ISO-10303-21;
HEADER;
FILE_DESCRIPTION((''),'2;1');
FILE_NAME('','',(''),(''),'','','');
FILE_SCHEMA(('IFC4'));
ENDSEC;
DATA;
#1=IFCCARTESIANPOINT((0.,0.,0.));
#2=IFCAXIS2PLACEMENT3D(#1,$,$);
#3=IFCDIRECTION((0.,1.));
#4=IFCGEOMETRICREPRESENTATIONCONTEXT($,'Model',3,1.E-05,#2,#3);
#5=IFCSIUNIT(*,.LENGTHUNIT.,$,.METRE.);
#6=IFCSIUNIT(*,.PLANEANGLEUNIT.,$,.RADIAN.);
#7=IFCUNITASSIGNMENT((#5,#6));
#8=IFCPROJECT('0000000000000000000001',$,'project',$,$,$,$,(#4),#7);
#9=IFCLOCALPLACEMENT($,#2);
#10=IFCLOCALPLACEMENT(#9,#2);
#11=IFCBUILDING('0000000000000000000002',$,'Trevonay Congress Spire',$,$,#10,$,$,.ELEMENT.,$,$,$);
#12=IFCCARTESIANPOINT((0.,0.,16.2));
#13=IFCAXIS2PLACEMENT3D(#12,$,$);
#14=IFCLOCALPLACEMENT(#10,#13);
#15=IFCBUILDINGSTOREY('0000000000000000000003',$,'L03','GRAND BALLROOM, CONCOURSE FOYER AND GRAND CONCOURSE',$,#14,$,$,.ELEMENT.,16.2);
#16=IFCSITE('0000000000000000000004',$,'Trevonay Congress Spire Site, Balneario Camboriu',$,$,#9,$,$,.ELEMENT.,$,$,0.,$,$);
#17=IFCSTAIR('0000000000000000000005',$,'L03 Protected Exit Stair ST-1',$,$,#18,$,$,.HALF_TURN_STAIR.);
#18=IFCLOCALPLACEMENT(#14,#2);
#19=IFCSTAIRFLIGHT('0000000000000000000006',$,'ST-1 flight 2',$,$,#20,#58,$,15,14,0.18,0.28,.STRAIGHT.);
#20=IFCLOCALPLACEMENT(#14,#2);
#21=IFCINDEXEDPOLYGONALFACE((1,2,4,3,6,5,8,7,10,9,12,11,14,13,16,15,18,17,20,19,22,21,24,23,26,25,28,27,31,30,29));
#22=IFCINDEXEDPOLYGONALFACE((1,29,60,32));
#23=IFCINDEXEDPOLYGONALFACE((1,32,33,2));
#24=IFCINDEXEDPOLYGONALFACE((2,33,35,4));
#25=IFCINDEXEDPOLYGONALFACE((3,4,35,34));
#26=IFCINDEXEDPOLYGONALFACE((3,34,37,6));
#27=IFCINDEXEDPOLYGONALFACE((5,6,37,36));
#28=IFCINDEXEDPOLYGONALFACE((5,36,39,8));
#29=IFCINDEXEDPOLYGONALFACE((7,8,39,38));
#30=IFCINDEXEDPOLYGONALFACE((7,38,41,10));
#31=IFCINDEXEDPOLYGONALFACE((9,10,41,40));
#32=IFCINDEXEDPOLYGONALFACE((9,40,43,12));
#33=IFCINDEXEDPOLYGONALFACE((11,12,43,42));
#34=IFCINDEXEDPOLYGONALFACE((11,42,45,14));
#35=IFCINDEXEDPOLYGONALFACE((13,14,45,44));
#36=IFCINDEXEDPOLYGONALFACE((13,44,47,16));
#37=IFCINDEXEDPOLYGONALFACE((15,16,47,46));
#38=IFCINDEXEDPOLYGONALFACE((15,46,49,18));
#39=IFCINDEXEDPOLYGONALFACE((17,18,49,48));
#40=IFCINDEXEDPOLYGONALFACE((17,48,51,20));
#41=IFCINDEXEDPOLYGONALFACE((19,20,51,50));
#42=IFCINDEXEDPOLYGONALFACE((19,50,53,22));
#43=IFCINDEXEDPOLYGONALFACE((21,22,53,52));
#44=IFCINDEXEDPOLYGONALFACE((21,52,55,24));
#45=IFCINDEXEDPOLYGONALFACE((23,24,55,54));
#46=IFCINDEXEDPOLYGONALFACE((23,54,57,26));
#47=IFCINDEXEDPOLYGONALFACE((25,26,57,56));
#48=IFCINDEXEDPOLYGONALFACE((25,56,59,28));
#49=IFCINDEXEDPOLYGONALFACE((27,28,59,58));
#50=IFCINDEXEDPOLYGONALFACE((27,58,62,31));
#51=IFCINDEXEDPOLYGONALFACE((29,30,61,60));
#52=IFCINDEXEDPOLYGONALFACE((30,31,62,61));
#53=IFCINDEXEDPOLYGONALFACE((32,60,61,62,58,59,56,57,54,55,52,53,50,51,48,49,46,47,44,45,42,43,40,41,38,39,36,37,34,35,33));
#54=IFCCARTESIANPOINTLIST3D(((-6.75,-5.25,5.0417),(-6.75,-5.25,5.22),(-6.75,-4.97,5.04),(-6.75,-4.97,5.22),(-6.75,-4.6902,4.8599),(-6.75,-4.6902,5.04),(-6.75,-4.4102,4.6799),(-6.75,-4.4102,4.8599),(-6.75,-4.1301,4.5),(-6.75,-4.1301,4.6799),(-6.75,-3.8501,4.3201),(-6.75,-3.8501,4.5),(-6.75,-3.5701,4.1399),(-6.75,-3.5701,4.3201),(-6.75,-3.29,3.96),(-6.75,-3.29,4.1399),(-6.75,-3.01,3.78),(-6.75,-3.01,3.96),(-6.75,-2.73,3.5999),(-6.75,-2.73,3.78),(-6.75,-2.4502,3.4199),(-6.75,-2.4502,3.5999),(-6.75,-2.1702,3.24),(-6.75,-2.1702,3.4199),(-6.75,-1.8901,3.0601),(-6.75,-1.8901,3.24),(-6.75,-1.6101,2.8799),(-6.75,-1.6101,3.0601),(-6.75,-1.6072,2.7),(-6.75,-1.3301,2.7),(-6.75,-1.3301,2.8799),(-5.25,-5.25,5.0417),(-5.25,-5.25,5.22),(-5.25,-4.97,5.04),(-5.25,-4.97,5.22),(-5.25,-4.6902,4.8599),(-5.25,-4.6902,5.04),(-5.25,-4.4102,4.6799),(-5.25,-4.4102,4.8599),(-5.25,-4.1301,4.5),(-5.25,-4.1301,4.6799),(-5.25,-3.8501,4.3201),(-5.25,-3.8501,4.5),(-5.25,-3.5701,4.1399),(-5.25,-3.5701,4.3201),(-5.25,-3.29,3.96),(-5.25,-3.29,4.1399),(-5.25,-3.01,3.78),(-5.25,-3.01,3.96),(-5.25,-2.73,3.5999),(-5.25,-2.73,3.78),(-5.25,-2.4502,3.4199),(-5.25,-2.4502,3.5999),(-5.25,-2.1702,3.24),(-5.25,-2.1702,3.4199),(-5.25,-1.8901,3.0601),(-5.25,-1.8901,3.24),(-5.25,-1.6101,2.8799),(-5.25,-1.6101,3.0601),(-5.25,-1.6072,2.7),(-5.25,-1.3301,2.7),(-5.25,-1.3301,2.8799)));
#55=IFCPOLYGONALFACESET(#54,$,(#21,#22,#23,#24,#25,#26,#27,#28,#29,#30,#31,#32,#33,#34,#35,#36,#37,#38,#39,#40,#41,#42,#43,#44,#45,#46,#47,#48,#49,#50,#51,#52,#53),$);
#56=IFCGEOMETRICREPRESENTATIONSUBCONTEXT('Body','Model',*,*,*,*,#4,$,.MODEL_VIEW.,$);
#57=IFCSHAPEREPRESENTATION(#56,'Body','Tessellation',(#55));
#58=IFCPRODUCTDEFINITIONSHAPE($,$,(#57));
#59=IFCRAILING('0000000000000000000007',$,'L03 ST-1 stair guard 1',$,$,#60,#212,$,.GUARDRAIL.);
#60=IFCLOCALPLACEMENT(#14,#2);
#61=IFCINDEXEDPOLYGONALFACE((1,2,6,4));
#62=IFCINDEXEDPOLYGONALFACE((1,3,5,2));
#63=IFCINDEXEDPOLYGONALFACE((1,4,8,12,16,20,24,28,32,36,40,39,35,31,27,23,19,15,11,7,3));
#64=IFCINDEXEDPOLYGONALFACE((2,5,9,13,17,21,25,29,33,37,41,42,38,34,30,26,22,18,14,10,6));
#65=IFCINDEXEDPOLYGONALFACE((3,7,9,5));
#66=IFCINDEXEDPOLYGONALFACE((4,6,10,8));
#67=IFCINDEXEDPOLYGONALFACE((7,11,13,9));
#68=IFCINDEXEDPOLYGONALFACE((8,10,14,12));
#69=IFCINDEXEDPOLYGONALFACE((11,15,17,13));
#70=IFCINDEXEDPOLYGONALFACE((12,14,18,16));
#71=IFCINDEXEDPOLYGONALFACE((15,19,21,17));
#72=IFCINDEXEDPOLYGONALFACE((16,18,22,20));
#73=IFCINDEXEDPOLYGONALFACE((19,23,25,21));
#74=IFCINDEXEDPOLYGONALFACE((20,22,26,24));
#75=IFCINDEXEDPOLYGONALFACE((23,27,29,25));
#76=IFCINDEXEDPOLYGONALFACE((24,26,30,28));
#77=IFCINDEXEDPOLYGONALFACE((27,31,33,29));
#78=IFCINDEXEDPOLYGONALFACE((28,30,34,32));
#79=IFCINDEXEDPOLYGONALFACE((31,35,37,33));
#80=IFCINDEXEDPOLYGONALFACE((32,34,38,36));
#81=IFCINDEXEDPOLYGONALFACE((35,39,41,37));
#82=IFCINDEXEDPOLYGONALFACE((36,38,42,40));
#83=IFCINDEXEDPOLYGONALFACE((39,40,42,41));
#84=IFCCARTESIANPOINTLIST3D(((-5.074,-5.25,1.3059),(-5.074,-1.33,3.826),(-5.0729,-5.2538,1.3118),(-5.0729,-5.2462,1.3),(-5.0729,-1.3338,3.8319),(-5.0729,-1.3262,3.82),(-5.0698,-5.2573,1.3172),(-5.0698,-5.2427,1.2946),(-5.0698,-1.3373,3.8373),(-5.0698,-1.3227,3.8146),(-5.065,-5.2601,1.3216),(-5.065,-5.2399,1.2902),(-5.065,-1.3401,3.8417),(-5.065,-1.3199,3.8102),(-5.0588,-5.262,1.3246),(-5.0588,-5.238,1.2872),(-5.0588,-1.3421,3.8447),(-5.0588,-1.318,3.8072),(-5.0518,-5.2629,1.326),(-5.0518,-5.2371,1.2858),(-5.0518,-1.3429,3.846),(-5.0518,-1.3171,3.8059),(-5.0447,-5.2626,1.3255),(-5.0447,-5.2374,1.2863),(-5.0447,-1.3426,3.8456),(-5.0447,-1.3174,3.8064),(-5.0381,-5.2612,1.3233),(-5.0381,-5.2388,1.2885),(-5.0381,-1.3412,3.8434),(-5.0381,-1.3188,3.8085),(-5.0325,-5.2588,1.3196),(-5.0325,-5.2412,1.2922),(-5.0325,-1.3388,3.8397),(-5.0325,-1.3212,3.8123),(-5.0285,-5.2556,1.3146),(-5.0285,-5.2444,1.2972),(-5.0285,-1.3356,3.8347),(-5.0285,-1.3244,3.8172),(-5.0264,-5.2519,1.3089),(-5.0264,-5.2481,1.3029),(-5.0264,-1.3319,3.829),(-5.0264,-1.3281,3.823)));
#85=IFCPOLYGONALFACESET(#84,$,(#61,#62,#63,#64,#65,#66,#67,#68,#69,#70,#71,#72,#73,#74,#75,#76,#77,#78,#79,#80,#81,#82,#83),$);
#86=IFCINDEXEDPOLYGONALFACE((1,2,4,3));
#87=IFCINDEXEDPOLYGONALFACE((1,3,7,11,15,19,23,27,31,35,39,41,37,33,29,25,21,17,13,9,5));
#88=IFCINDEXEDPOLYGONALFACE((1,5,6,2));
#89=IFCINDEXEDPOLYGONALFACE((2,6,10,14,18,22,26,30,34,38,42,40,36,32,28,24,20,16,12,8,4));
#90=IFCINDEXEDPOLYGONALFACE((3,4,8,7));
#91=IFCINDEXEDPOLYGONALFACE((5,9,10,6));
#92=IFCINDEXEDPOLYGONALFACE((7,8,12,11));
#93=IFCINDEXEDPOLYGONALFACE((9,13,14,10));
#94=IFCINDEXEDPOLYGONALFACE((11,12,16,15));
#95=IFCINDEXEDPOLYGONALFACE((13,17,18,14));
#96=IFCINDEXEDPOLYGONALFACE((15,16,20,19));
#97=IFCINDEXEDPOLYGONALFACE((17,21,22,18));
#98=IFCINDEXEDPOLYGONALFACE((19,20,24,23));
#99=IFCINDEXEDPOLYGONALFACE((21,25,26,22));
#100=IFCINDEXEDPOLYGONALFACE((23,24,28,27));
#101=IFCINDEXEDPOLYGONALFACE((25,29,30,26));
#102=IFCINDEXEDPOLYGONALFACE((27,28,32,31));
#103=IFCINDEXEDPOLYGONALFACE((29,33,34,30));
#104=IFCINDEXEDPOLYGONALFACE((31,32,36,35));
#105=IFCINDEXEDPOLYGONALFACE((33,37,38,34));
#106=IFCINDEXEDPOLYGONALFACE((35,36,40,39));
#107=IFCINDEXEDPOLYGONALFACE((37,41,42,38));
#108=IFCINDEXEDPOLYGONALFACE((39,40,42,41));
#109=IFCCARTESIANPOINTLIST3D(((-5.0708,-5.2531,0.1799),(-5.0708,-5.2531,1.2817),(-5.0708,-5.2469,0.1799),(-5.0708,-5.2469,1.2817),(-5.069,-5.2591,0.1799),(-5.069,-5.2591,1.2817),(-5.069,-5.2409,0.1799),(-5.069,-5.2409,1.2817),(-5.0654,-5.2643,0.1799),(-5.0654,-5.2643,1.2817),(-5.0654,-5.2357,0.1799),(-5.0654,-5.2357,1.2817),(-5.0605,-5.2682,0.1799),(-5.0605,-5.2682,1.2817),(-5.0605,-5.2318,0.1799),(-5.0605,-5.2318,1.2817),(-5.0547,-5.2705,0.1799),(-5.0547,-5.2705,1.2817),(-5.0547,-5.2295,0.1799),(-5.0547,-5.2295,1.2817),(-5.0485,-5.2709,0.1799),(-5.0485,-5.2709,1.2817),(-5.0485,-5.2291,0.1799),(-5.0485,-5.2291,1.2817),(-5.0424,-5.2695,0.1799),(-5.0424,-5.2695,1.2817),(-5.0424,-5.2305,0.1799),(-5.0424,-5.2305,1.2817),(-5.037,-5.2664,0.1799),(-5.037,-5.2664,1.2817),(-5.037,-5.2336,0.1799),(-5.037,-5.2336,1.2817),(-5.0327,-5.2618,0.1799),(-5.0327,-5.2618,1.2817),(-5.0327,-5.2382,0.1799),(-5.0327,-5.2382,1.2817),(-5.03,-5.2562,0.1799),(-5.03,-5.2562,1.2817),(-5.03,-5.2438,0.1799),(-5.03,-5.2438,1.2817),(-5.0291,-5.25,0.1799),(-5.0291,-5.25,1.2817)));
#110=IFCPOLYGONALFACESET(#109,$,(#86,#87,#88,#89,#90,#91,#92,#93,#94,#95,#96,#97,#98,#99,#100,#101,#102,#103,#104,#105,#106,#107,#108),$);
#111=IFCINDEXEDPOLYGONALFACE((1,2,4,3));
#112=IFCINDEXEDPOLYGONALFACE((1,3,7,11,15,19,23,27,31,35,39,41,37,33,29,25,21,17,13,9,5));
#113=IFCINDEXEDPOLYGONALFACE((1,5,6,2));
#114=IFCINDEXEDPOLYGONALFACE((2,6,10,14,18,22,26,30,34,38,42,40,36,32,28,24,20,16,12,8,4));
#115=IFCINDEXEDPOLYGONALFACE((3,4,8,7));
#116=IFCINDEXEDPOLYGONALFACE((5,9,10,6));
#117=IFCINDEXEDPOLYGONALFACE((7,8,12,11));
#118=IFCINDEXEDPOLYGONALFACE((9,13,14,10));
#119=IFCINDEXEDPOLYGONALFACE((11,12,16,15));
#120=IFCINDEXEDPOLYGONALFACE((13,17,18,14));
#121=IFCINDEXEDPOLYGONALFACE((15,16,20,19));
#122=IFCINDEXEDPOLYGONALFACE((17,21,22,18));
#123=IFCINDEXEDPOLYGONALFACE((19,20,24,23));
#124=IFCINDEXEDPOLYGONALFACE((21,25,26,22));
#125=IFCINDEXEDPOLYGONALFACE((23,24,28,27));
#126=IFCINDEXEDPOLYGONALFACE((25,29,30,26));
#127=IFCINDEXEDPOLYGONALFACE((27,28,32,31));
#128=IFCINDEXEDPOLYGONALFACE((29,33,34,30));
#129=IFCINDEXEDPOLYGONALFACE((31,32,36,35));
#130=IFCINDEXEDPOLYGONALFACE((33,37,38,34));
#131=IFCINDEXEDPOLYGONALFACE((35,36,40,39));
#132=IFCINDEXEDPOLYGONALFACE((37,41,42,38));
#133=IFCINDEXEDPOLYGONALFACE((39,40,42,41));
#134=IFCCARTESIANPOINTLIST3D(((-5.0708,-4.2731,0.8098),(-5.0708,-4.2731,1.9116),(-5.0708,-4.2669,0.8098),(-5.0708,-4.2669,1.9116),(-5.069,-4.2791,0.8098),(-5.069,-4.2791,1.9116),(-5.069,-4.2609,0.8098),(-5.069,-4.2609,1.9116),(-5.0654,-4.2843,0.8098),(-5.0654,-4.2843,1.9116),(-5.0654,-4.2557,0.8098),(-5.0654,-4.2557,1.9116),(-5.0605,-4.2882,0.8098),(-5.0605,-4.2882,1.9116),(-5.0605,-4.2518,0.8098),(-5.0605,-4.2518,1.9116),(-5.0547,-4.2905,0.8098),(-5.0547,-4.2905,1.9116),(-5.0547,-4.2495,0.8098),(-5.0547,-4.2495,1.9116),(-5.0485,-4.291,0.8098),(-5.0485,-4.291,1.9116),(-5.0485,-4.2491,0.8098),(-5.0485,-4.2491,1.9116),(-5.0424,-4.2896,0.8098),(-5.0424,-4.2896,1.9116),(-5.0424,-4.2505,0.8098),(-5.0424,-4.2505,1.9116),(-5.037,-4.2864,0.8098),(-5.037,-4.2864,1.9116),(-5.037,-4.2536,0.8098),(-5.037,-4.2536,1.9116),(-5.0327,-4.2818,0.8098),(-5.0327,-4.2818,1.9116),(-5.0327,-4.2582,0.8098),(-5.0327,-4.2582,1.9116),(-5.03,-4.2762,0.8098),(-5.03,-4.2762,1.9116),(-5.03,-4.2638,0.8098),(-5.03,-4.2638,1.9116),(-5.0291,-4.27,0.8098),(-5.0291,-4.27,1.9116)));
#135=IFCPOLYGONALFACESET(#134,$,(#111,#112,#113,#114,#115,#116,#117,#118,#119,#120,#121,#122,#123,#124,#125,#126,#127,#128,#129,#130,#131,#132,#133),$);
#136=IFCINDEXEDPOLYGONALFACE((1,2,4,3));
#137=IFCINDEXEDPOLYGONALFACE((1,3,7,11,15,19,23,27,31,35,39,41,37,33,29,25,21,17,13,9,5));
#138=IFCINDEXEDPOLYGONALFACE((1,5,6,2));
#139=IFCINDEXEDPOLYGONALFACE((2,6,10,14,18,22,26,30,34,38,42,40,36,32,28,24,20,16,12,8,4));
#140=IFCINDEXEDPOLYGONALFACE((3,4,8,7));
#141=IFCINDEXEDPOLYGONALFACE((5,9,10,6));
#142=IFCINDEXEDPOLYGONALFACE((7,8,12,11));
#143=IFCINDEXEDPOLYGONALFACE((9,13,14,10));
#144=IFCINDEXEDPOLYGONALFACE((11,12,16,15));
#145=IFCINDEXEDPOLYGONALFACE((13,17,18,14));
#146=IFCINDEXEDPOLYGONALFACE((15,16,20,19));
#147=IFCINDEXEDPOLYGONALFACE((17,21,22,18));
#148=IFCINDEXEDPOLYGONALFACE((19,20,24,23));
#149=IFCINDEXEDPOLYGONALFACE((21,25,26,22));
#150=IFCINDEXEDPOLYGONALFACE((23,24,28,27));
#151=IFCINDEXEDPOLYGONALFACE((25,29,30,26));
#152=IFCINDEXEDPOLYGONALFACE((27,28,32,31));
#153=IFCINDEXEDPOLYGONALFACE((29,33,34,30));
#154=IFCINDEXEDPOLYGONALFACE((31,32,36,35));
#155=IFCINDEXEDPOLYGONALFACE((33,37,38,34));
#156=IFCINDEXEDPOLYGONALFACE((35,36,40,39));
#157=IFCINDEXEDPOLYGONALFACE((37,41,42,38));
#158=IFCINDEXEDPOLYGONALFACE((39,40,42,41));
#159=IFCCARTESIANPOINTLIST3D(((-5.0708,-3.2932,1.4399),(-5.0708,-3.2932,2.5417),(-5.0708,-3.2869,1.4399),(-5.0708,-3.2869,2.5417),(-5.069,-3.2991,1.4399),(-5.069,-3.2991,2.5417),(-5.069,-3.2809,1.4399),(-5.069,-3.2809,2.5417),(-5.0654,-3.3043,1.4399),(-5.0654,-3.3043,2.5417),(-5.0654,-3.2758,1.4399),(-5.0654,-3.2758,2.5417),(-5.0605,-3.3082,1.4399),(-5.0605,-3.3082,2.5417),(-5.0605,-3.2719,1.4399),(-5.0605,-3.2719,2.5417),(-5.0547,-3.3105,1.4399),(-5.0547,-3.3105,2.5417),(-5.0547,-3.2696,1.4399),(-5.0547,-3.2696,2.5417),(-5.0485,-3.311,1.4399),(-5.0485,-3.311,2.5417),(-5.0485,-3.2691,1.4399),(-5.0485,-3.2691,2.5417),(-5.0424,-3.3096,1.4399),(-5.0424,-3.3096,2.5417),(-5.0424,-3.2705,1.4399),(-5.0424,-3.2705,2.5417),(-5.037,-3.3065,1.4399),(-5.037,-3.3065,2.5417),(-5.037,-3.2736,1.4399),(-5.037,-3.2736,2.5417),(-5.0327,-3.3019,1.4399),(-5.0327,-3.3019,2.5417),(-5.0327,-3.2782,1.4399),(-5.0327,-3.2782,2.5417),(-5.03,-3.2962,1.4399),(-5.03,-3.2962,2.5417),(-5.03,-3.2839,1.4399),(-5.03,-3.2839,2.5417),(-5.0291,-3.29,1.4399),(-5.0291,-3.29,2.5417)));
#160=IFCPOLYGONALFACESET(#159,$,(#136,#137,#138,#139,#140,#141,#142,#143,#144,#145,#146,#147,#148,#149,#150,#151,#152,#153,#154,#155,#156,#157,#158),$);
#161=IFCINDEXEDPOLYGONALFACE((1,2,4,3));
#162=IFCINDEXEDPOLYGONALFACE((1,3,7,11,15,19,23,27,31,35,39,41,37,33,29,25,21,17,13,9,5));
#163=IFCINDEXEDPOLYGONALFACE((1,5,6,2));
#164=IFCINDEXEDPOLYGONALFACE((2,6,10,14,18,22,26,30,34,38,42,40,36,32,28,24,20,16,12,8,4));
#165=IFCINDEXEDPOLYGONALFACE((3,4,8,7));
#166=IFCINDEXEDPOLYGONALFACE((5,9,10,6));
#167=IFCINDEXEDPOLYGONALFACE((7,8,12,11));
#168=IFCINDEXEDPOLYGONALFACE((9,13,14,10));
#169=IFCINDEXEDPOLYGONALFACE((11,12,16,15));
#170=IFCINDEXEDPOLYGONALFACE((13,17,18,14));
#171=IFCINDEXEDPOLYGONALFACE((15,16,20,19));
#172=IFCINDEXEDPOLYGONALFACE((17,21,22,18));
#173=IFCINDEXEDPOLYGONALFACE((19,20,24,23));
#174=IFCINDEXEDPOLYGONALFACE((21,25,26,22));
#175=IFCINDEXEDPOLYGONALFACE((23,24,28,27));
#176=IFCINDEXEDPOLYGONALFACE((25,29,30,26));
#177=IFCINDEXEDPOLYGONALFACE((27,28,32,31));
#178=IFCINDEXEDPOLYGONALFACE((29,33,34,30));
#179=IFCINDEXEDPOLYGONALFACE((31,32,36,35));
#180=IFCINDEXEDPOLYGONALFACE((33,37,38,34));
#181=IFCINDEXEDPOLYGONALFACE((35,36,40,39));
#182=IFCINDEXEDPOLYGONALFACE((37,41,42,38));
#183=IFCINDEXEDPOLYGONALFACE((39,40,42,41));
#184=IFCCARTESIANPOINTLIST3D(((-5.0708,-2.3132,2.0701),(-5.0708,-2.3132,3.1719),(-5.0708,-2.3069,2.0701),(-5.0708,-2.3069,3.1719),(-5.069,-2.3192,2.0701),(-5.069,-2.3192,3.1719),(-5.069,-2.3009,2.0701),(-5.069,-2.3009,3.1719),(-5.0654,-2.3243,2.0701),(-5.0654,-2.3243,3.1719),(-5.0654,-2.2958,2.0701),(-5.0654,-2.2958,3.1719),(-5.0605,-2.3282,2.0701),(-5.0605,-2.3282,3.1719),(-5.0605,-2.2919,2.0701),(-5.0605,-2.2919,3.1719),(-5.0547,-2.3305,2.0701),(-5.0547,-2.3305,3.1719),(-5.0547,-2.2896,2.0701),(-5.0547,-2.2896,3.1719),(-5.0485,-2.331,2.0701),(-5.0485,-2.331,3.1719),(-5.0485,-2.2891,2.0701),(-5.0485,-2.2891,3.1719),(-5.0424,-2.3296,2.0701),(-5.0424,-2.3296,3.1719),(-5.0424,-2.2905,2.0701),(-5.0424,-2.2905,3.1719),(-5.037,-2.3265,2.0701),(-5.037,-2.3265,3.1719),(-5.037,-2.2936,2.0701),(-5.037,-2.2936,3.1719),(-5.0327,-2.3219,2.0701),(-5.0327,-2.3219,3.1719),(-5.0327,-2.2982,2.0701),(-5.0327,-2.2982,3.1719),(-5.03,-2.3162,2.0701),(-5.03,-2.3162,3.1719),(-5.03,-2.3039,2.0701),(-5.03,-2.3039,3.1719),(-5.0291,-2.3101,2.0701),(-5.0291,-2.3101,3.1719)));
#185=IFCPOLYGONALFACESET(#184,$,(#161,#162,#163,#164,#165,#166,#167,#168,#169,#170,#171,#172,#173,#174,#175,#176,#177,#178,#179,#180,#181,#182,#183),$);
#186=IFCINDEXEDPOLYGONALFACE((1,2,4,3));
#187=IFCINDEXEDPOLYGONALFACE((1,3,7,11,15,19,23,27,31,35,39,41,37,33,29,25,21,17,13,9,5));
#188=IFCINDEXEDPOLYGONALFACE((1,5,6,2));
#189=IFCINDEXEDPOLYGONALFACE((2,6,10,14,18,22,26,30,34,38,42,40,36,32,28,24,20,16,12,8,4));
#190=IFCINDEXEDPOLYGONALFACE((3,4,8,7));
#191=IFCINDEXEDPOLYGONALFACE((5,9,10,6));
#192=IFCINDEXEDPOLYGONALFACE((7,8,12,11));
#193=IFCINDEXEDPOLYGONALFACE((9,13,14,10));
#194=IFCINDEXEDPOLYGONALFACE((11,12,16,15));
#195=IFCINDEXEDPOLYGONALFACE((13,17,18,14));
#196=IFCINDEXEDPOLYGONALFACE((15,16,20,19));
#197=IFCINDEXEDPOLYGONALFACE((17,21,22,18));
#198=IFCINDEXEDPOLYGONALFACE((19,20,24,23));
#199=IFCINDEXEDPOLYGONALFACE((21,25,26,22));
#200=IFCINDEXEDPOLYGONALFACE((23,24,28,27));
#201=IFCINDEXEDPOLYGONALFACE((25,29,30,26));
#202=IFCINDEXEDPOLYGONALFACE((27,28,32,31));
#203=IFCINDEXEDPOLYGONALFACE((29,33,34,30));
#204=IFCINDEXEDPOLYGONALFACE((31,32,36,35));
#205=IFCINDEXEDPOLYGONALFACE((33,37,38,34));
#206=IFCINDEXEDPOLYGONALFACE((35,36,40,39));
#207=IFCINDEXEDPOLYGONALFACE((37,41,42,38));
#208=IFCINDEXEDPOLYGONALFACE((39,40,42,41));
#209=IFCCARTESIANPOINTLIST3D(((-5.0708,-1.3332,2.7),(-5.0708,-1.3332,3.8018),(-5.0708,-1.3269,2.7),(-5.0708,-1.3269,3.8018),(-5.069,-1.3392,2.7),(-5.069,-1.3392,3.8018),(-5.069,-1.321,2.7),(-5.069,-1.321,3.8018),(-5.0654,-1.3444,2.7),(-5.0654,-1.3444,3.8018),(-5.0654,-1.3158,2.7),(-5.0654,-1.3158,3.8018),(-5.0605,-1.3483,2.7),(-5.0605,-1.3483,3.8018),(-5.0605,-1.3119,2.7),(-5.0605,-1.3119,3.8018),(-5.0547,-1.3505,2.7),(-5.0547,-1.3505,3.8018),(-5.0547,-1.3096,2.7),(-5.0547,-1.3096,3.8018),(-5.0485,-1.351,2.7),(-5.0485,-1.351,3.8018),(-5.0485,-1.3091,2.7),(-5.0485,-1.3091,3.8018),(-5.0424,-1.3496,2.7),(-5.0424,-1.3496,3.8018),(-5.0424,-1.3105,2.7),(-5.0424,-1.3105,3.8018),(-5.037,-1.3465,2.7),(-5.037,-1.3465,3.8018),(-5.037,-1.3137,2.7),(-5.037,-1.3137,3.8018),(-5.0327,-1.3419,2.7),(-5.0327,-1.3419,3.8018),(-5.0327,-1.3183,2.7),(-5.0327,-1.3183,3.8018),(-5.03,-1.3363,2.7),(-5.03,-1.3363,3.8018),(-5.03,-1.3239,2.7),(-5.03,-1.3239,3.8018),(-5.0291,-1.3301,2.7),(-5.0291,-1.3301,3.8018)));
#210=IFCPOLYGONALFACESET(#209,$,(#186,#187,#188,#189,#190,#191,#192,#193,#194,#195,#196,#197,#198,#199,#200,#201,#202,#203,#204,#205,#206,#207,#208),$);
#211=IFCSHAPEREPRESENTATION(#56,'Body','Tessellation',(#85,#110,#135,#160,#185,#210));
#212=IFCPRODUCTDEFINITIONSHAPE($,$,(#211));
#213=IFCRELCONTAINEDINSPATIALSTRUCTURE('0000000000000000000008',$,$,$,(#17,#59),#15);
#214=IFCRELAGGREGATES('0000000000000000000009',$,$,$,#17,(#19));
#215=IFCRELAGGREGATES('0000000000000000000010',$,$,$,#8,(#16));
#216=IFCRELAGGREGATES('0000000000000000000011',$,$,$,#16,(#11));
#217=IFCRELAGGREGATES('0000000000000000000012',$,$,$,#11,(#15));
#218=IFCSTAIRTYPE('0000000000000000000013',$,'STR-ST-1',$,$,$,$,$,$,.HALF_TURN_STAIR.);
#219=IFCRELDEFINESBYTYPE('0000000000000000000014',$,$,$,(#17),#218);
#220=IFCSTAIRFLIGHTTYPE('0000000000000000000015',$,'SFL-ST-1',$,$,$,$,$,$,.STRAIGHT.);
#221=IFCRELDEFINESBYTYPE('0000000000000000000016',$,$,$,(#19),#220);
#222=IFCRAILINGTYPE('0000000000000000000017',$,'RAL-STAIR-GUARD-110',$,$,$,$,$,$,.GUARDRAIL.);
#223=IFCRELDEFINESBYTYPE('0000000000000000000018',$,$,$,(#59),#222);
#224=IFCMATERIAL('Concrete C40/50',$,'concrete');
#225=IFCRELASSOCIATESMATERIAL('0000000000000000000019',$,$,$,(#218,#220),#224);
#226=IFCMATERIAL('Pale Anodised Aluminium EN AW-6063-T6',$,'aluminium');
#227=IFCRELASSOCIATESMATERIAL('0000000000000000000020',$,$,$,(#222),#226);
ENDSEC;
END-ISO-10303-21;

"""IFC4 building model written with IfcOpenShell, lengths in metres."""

from ifc_helpers import new_model, si_unit, direction, frame, origin, origin_2d, place, context, subcontext, project, spatial, polyline, circle, outline, extrude, material, type_object, element, aggregate, save


model = new_model("IFC4")

# Units and contexts
model_context = context("Model", 3, precision=1e-05, world=origin(), true_north=direction((0.0, 1.0)))
body_context = subcontext(model_context, "Body", "Model", "MODEL_VIEW")
ifc_project = project(units=[si_unit("LENGTHUNIT", "METRE"), si_unit("PLANEANGLEUNIT", "RADIAN")], contexts=[model_context])

# Site, building, storey
site_placement = place(None, origin())
site = spatial("IfcSite", under=ifc_project, at=site_placement, Name="Trevonay Congress Spire Site, Balneario Camboriu", CompositionType="ELEMENT", RefElevation=0.0)
building_placement = place(site_placement, origin())
building = spatial("IfcBuilding", under=site, at=building_placement, Name="Trevonay Congress Spire", CompositionType="ELEMENT")
storey_placement = place(building_placement, frame((0.0, 0.0, 16.2)))
storey = spatial("IfcBuildingStorey", under=building, at=storey_placement, Name="L03", Description="GRAND BALLROOM, CONCOURSE FOYER AND GRAND CONCOURSE", CompositionType="ELEMENT", Elevation=16.2)

# Shared definitions
ifc_material_1 = material(Name="Concrete C40/50", Category="concrete")

# Stair, stair flight
stair_type = type_object("IfcStairType", Name="STR-ST-1", PredefinedType="HALF_TURN_STAIR", material=ifc_material_1)
stair_placement = place(storey_placement, origin())
stair = element("IfcStair", 1, at=stair_placement, inside=storey, type_object=stair_type, Name="L03 Protected Exit Stair ST-1", PredefinedType="HALF_TURN_STAIR")
stair_flight_type = type_object("IfcStairFlightType", Name="SFL-ST-1", PredefinedType="STRAIGHT", material=ifc_material_1)
stair_flight_1_placement = place(storey_placement, frame((-6.0, -1.3301, 2.7), z_axis=(0.0, 0.0, 1.0), x_axis=(0.0, -1.0, 0.0)))
stair_flight_1 = element("IfcStairFlight", 2, at=stair_flight_1_placement, type_object=stair_flight_type, Name="ST-1 flight 2", NumberOfRisers=15, NumberOfTreads=14, PredefinedType="STRAIGHT", RiserHeight=0.18, TreadLength=0.28, context=body_context, shape_type="SweptSolid", body=[
    extrude(outline(polyline([(0.0, 0.0), (0.0, 0.1799), (0.28, 0.1799), (0.28, 0.3601), (0.5601, 0.3601), (0.5601, 0.54), (0.8401, 0.54), (0.8401, 0.72), (1.1201, 0.72), (1.1201, 0.8999), (1.3999, 0.8999), (1.3999, 1.0801), (1.6799, 1.0801), (1.6799, 1.26), (1.96, 1.26), (1.96, 1.4399), (2.24, 1.4399), (2.24, 1.6201), (2.52, 1.6201), (2.52, 1.8), (2.8, 1.8), (2.8, 1.98), (3.0801, 1.98), (3.0801, 2.1599), (3.3601, 2.1599), (3.3601, 2.3401), (3.6399, 2.3401), (3.6399, 2.52), (3.9199, 2.52), (3.9199, 2.7), (3.9199, 2.3418), (0.2771, 0.0), (0.0, 0.0)])), frame((0.0, 0.75, 0.0), z_axis=(0.0, -1.0, 0.0), x_axis=(1.0, 0.0, 0.0)), (0.0, 0.0, 1.0), 1.5),
])
aggregate(stair, [stair_flight_1])

# Railing
ifc_material_2 = material(Name="Pale Anodised Aluminium EN AW-6063-T6", Category="aluminium")
railing_type_1 = type_object("IfcRailingType", Name="RAL-STAIR-GUARD-110", PredefinedType="GUARDRAIL", material=ifc_material_2)
railing_1_placement = place(storey_placement, frame((-5.05, -5.25, 0.1799)))
element("IfcRailing", 3, at=railing_1_placement, inside=storey, type_object=railing_type_1, Name="L03 ST-1 stair guard 1", PredefinedType="GUARDRAIL", context=body_context, shape_type="SweptSolid", body=[
    extrude(circle(Radius=0.0239, at=origin_2d()), frame((0.0, 0.0, 1.126), z_axis=(0.0, 0.841172, 0.540768), x_axis=(-1.0, 0.0, 0.0)), (0.0, 0.0, 1.0), 4.6602),
    extrude(circle(Radius=0.021, at=origin_2d()), origin(), (0.0, 0.0, 1.0), 1.1018),
    extrude(circle(Radius=0.021, at=origin_2d()), frame((0.0, 0.98, 0.6299)), (0.0, 0.0, 1.0), 1.1018),
    extrude(circle(Radius=0.021, at=origin_2d()), frame((0.0, 1.96, 1.26)), (0.0, 0.0, 1.0), 1.1018),
    extrude(circle(Radius=0.021, at=origin_2d()), frame((0.0, 2.9399, 1.8901)), (0.0, 0.0, 1.0), 1.1018),
    extrude(circle(Radius=0.021, at=origin_2d()), frame((0.0, 3.9199, 2.52)), (0.0, 0.0, 1.0), 1.1018),
])

save(model, "model.ifc")
